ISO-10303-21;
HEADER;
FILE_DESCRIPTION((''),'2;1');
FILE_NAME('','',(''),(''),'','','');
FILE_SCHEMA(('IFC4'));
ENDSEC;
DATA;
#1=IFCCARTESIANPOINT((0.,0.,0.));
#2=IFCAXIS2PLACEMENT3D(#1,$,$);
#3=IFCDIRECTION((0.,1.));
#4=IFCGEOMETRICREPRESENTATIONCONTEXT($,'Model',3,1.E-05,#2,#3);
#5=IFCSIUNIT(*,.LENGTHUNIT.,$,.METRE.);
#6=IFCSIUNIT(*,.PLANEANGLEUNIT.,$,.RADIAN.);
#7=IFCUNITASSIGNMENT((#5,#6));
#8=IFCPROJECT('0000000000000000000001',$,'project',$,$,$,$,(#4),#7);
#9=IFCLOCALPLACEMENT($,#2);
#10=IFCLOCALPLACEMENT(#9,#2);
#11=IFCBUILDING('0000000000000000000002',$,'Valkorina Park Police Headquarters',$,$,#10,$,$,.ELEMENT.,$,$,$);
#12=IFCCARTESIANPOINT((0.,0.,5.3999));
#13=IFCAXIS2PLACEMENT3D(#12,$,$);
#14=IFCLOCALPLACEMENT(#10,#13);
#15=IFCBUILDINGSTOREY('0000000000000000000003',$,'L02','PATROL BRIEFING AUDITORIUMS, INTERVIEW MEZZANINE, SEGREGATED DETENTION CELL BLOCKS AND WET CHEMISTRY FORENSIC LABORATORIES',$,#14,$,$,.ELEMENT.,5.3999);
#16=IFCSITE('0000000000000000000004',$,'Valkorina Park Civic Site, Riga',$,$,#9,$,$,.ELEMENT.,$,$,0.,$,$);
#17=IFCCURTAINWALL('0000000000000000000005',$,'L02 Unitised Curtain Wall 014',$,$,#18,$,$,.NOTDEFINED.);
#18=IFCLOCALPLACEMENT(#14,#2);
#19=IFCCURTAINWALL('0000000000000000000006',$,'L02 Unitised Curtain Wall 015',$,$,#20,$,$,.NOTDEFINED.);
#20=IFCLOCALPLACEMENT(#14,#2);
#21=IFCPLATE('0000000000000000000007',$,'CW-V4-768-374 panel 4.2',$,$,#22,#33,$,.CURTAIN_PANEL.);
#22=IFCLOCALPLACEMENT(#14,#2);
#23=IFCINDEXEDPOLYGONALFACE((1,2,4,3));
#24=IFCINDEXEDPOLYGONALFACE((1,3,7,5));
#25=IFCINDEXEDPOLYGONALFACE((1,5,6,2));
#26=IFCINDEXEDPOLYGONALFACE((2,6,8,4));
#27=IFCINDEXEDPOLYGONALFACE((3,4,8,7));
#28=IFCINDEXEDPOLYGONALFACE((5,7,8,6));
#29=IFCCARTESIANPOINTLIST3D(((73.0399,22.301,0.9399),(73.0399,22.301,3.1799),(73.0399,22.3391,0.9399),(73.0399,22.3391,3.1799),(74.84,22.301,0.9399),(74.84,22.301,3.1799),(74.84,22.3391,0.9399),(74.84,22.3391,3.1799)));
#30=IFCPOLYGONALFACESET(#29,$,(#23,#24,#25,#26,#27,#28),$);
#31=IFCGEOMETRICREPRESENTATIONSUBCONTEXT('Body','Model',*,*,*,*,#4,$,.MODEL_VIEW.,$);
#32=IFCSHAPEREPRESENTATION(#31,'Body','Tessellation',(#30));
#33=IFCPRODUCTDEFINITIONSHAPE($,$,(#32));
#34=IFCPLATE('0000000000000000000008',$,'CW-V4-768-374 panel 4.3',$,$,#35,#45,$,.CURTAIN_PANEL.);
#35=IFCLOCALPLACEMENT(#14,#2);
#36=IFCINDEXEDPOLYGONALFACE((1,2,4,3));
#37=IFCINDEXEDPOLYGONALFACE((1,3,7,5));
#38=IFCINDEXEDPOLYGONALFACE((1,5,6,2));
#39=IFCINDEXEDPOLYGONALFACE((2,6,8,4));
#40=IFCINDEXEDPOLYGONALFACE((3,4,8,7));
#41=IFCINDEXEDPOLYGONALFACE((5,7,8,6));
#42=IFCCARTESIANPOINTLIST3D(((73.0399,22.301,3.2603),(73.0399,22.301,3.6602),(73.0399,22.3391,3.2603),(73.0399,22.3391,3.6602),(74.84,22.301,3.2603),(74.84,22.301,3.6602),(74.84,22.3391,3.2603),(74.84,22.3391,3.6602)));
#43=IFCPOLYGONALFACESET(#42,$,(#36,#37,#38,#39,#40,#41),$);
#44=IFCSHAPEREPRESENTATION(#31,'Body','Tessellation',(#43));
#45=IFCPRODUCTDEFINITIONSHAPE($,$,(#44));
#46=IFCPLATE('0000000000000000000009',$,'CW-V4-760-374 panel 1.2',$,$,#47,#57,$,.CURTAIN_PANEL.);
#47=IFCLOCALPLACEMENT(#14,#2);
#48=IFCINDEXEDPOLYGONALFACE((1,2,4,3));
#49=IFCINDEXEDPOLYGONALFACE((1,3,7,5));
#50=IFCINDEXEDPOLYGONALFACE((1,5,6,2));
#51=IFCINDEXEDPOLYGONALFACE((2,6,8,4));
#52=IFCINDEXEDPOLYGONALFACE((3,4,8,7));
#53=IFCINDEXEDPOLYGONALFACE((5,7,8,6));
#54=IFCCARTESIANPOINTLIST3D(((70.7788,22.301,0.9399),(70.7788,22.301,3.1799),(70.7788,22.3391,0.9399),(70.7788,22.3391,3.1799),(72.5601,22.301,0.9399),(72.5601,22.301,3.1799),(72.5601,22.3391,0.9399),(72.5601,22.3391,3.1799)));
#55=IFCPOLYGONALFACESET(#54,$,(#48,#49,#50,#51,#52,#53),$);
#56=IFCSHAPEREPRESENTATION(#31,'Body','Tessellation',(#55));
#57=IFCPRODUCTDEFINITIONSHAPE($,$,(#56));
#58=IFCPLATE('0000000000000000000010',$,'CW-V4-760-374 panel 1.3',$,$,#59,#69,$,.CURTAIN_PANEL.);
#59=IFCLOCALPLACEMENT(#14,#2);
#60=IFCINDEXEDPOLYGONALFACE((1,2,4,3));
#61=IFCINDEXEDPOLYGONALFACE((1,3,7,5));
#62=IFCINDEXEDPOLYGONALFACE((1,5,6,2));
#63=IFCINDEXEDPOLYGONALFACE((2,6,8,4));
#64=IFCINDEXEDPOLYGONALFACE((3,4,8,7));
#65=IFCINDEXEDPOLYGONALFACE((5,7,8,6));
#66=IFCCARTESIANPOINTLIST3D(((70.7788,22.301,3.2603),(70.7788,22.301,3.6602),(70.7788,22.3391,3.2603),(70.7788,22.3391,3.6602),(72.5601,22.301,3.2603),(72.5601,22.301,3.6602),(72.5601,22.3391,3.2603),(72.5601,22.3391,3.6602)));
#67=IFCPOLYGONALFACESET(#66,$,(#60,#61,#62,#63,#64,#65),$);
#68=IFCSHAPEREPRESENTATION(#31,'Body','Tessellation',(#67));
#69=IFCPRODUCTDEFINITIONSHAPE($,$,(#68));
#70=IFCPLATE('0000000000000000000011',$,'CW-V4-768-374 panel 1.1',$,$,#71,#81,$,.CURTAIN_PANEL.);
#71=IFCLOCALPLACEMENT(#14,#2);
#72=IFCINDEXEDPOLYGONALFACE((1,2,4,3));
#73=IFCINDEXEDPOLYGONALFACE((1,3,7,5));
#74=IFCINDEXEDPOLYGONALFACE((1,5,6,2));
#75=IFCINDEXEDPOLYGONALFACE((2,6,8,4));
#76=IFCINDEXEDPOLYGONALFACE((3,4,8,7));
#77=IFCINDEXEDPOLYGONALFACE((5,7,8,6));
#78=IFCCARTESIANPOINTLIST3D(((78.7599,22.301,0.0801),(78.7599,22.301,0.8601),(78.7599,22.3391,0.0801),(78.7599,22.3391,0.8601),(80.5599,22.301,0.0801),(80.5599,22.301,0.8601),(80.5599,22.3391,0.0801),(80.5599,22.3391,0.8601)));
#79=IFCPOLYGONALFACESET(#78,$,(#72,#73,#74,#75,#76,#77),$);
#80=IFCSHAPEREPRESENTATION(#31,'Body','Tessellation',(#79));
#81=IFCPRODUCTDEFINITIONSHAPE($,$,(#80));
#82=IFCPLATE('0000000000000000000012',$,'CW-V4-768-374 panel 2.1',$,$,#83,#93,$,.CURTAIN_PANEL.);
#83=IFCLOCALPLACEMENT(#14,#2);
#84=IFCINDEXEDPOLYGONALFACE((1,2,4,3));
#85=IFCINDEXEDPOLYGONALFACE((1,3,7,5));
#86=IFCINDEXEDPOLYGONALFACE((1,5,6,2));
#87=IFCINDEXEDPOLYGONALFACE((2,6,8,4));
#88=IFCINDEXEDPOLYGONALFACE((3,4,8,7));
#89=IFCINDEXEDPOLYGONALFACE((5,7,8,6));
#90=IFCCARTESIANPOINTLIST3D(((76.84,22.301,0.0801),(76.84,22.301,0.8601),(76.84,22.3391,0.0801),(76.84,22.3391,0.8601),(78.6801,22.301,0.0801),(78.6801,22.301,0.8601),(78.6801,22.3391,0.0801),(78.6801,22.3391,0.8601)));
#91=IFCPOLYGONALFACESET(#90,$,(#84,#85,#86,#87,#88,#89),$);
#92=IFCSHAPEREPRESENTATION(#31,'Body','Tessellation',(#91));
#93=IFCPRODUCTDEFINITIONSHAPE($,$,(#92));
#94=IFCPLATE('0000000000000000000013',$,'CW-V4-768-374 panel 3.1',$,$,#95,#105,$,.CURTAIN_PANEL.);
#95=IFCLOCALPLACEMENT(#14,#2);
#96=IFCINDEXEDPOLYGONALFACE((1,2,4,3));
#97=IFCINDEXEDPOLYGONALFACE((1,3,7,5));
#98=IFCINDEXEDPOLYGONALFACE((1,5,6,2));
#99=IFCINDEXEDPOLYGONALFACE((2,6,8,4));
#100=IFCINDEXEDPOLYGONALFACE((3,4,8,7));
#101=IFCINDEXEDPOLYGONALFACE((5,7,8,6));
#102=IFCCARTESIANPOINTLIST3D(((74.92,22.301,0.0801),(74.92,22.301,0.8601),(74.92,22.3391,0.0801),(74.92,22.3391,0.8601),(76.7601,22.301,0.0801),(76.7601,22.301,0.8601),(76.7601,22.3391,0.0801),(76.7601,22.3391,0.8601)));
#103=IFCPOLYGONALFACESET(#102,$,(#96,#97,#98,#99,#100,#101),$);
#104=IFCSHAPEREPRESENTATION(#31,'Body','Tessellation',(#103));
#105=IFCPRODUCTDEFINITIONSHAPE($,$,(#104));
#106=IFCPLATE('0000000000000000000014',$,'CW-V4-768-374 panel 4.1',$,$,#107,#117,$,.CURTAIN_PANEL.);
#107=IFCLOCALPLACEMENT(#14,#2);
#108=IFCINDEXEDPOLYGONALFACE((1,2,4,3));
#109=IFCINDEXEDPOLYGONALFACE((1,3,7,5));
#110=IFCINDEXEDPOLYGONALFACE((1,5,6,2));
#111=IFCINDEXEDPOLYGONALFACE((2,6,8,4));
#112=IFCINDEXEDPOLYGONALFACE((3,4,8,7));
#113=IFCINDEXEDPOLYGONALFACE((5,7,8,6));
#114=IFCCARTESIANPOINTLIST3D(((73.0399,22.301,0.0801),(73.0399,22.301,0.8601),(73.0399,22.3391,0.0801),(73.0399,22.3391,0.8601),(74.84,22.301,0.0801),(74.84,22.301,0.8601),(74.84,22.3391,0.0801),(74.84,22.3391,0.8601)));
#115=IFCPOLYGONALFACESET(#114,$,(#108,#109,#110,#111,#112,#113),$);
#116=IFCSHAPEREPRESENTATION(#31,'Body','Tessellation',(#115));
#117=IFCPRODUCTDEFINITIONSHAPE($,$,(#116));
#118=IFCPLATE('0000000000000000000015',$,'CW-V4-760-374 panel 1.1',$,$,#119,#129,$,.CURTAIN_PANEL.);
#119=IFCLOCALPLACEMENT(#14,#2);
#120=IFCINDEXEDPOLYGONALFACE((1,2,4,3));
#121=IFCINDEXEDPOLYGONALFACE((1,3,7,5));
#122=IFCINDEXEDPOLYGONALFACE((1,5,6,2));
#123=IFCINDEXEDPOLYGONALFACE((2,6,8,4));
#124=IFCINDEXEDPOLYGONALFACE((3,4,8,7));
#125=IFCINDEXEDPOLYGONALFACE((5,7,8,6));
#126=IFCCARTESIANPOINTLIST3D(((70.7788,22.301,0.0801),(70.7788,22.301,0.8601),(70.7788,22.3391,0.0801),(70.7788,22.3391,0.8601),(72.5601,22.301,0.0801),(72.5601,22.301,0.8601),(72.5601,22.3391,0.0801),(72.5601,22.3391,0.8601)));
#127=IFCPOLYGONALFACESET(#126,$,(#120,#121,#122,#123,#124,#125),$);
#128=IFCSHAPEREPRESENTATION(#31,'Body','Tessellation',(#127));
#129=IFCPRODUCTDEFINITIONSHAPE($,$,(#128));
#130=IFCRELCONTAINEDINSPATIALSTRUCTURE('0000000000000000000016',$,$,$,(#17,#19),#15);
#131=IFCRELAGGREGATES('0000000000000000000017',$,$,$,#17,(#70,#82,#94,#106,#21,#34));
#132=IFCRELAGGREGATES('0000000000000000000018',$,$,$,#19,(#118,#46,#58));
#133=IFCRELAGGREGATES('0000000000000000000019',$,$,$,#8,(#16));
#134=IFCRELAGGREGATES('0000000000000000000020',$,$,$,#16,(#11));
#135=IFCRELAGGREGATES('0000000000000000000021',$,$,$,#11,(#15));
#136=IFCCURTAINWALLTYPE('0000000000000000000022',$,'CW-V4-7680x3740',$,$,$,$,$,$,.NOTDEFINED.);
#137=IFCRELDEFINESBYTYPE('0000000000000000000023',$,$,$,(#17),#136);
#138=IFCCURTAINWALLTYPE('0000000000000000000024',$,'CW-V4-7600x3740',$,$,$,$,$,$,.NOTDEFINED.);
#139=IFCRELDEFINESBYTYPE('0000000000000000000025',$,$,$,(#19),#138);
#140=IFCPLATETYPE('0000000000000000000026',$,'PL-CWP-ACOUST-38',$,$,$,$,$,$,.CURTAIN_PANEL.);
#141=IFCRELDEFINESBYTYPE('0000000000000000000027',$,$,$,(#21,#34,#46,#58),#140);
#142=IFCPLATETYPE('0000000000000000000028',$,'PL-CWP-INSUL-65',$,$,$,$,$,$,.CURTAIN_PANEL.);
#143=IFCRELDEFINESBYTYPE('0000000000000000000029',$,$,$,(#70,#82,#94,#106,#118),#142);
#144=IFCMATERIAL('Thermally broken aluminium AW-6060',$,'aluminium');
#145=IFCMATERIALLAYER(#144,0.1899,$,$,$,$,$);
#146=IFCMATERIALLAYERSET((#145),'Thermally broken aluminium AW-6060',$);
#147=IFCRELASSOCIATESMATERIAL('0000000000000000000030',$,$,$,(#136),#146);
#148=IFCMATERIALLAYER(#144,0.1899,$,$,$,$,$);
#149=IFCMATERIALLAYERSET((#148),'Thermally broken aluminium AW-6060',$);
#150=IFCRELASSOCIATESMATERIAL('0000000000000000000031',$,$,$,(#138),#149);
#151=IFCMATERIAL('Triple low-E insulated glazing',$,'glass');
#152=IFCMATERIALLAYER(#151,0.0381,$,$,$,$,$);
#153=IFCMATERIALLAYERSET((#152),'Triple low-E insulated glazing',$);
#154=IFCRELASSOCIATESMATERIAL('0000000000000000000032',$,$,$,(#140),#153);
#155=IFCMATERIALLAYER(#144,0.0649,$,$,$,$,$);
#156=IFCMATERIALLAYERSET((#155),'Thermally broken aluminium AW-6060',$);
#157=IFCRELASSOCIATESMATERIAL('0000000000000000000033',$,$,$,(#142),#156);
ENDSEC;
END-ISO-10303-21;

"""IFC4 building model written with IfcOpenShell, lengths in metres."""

from ifc_helpers import new_model, si_unit, direction, frame, origin, origin_2d, place, context, subcontext, project, spatial, rectangle, extrude, material, layer, layer_set, type_object, element, aggregate, save


model = new_model("IFC4")

# Units and contexts
model_context = context("Model", 3, precision=1e-05, world=origin(), true_north=direction((0.0, 1.0)))
body_context = subcontext(model_context, "Body", "Model", "MODEL_VIEW")
ifc_project = project(units=[si_unit("LENGTHUNIT", "METRE"), si_unit("PLANEANGLEUNIT", "RADIAN")], contexts=[model_context])

# Site, building, storey
site_placement = place(None, origin())
site = spatial("IfcSite", under=ifc_project, at=site_placement, Name="Valkorina Park Civic Site, Riga", CompositionType="ELEMENT", RefElevation=0.0)
building_placement = place(site_placement, origin())
building = spatial("IfcBuilding", under=site, at=building_placement, Name="Valkorina Park Police Headquarters", CompositionType="ELEMENT")
storey_placement = place(building_placement, frame((0.0, 0.0, 5.3999)))
storey = spatial("IfcBuildingStorey", under=building, at=storey_placement, Name="L02", Description="PATROL BRIEFING AUDITORIUMS, INTERVIEW MEZZANINE, SEGREGATED DETENTION CELL BLOCKS AND WET CHEMISTRY FORENSIC LABORATORIES", CompositionType="ELEMENT", Elevation=5.3999)

# Curtain wall
ifc_material_1 = material(Name="Thermally broken aluminium AW-6060", Category="aluminium")
ifc_layer_1 = layer(ifc_material_1, 0.1899)
ifc_layer_set_1 = layer_set([ifc_layer_1], Name="Thermally broken aluminium AW-6060")
curtain_wall_type_1 = type_object("IfcCurtainWallType", Name="CW-V4-7680x3740", PredefinedType="NOTDEFINED", material=ifc_layer_set_1)
curtain_wall_1_placement = place(storey_placement, origin())
curtain_wall_1 = element("IfcCurtainWall", 1, at=curtain_wall_1_placement, inside=storey, type_object=curtain_wall_type_1, Name="L02 Unitised Curtain Wall 014", PredefinedType="NOTDEFINED")

# Curtain wall
ifc_layer_2 = layer(ifc_material_1, 0.1899)
ifc_layer_set_2 = layer_set([ifc_layer_2], Name="Thermally broken aluminium AW-6060")
curtain_wall_type_2 = type_object("IfcCurtainWallType", Name="CW-V4-7600x3740", PredefinedType="NOTDEFINED", material=ifc_layer_set_2)
curtain_wall_2_placement = place(storey_placement, origin())
curtain_wall_2 = element("IfcCurtainWall", 2, at=curtain_wall_2_placement, inside=storey, type_object=curtain_wall_type_2, Name="L02 Unitised Curtain Wall 015", PredefinedType="NOTDEFINED")

# Plates
ifc_material_2 = material(Name="Triple low-E insulated glazing", Category="glass")
ifc_layer_3 = layer(ifc_material_2, 0.0381)
ifc_layer_set_3 = layer_set([ifc_layer_3], Name="Triple low-E insulated glazing")
plate_type_1 = type_object("IfcPlateType", Name="PL-CWP-ACOUST-38", PredefinedType="CURTAIN_PANEL", material=ifc_layer_set_3)
plate_1_placement = place(storey_placement, frame((73.9399, 22.3201, 0.9399), z_axis=(0.0, 0.0, 1.0), x_axis=(-1.0, 0.0, 0.0)))
plate_1 = element("IfcPlate", 3, at=plate_1_placement, type_object=plate_type_1, Name="CW-V4-768-374 panel 4.2", PredefinedType="CURTAIN_PANEL", context=body_context, shape_type="SweptSolid", body=[
    extrude(rectangle(XDim=1.8, YDim=0.0381, at=origin_2d()), origin(), (0.0, 0.0, 1.0), 2.24),
])
plate_2_placement = place(storey_placement, frame((73.9399, 22.3201, 3.2603), z_axis=(0.0, 0.0, 1.0), x_axis=(-1.0, 0.0, 0.0)))
plate_2 = element("IfcPlate", 4, at=plate_2_placement, type_object=plate_type_1, Name="CW-V4-768-374 panel 4.3", PredefinedType="CURTAIN_PANEL", context=body_context, shape_type="SweptSolid", body=[
    extrude(rectangle(XDim=1.8, YDim=0.0381, at=origin_2d()), origin(), (0.0, 0.0, 1.0), 0.3999),
])
plate_3_placement = place(storey_placement, frame((71.6694, 22.3201, 0.9399), z_axis=(0.0, 0.0, 1.0), x_axis=(-1.0, 0.0, 0.0)))
plate_3 = element("IfcPlate", 5, at=plate_3_placement, type_object=plate_type_1, Name="CW-V4-760-374 panel 1.2", PredefinedType="CURTAIN_PANEL", context=body_context, shape_type="SweptSolid", body=[
    extrude(rectangle(XDim=1.7812, YDim=0.0381, at=origin_2d()), origin(), (0.0, 0.0, 1.0), 2.24),
])
plate_4_placement = place(storey_placement, frame((71.6694, 22.3201, 3.2603), z_axis=(0.0, 0.0, 1.0), x_axis=(-1.0, 0.0, 0.0)))
plate_4 = element("IfcPlate", 6, at=plate_4_placement, type_object=plate_type_1, Name="CW-V4-760-374 panel 1.3", PredefinedType="CURTAIN_PANEL", context=body_context, shape_type="SweptSolid", body=[
    extrude(rectangle(XDim=1.7812, YDim=0.0381, at=origin_2d()), origin(), (0.0, 0.0, 1.0), 0.3999),
])
ifc_layer_4 = layer(ifc_material_1, 0.0649)
ifc_layer_set_4 = layer_set([ifc_layer_4], Name="Thermally broken aluminium AW-6060")
plate_type_2 = type_object("IfcPlateType", Name="PL-CWP-INSUL-65", PredefinedType="CURTAIN_PANEL", material=ifc_layer_set_4)
plate_5_placement = place(storey_placement, frame((79.6599, 22.3201, 0.0801), z_axis=(0.0, 0.0, 1.0), x_axis=(-1.0, 0.0, 0.0)))
plate_5 = element("IfcPlate", 7, at=plate_5_placement, type_object=plate_type_2, Name="CW-V4-768-374 panel 1.1", PredefinedType="CURTAIN_PANEL", context=body_context, shape_type="SweptSolid", body=[
    extrude(rectangle(XDim=1.8, YDim=0.0381, at=origin_2d()), origin(), (0.0, 0.0, 1.0), 0.78),
])
plate_6_placement = place(storey_placement, frame((77.76, 22.3201, 0.0801), z_axis=(0.0, 0.0, 1.0), x_axis=(-1.0, 0.0, 0.0)))
plate_6 = element("IfcPlate", 8, at=plate_6_placement, type_object=plate_type_2, Name="CW-V4-768-374 panel 2.1", PredefinedType="CURTAIN_PANEL", context=body_context, shape_type="SweptSolid", body=[
    extrude(rectangle(XDim=1.8401, YDim=0.0381, at=origin_2d()), origin(), (0.0, 0.0, 1.0), 0.78),
])
plate_7_placement = place(storey_placement, frame((75.8401, 22.3201, 0.0801), z_axis=(0.0, 0.0, 1.0), x_axis=(-1.0, 0.0, 0.0)))
plate_7 = element("IfcPlate", 9, at=plate_7_placement, type_object=plate_type_2, Name="CW-V4-768-374 panel 3.1", PredefinedType="CURTAIN_PANEL", context=body_context, shape_type="SweptSolid", body=[
    extrude(rectangle(XDim=1.8401, YDim=0.0381, at=origin_2d()), origin(), (0.0, 0.0, 1.0), 0.78),
])
plate_8_placement = place(storey_placement, frame((73.9399, 22.3201, 0.0801), z_axis=(0.0, 0.0, 1.0), x_axis=(-1.0, 0.0, 0.0)))
plate_8 = element("IfcPlate", 10, at=plate_8_placement, type_object=plate_type_2, Name="CW-V4-768-374 panel 4.1", PredefinedType="CURTAIN_PANEL", context=body_context, shape_type="SweptSolid", body=[
    extrude(rectangle(XDim=1.8, YDim=0.0381, at=origin_2d()), origin(), (0.0, 0.0, 1.0), 0.78),
])
aggregate(curtain_wall_1, [plate_5, plate_6, plate_7, plate_8, plate_1, plate_2])
plate_9_placement = place(storey_placement, frame((71.6694, 22.3201, 0.0801), z_axis=(0.0, 0.0, 1.0), x_axis=(-1.0, 0.0, 0.0)))
plate_9 = element("IfcPlate", 11, at=plate_9_placement, type_object=plate_type_2, Name="CW-V4-760-374 panel 1.1", PredefinedType="CURTAIN_PANEL", context=body_context, shape_type="SweptSolid", body=[
    extrude(rectangle(XDim=1.7812, YDim=0.0381, at=origin_2d()), origin(), (0.0, 0.0, 1.0), 0.78),
])
aggregate(curtain_wall_2, [plate_9, plate_3, plate_4])

save(model, "model.ifc")
